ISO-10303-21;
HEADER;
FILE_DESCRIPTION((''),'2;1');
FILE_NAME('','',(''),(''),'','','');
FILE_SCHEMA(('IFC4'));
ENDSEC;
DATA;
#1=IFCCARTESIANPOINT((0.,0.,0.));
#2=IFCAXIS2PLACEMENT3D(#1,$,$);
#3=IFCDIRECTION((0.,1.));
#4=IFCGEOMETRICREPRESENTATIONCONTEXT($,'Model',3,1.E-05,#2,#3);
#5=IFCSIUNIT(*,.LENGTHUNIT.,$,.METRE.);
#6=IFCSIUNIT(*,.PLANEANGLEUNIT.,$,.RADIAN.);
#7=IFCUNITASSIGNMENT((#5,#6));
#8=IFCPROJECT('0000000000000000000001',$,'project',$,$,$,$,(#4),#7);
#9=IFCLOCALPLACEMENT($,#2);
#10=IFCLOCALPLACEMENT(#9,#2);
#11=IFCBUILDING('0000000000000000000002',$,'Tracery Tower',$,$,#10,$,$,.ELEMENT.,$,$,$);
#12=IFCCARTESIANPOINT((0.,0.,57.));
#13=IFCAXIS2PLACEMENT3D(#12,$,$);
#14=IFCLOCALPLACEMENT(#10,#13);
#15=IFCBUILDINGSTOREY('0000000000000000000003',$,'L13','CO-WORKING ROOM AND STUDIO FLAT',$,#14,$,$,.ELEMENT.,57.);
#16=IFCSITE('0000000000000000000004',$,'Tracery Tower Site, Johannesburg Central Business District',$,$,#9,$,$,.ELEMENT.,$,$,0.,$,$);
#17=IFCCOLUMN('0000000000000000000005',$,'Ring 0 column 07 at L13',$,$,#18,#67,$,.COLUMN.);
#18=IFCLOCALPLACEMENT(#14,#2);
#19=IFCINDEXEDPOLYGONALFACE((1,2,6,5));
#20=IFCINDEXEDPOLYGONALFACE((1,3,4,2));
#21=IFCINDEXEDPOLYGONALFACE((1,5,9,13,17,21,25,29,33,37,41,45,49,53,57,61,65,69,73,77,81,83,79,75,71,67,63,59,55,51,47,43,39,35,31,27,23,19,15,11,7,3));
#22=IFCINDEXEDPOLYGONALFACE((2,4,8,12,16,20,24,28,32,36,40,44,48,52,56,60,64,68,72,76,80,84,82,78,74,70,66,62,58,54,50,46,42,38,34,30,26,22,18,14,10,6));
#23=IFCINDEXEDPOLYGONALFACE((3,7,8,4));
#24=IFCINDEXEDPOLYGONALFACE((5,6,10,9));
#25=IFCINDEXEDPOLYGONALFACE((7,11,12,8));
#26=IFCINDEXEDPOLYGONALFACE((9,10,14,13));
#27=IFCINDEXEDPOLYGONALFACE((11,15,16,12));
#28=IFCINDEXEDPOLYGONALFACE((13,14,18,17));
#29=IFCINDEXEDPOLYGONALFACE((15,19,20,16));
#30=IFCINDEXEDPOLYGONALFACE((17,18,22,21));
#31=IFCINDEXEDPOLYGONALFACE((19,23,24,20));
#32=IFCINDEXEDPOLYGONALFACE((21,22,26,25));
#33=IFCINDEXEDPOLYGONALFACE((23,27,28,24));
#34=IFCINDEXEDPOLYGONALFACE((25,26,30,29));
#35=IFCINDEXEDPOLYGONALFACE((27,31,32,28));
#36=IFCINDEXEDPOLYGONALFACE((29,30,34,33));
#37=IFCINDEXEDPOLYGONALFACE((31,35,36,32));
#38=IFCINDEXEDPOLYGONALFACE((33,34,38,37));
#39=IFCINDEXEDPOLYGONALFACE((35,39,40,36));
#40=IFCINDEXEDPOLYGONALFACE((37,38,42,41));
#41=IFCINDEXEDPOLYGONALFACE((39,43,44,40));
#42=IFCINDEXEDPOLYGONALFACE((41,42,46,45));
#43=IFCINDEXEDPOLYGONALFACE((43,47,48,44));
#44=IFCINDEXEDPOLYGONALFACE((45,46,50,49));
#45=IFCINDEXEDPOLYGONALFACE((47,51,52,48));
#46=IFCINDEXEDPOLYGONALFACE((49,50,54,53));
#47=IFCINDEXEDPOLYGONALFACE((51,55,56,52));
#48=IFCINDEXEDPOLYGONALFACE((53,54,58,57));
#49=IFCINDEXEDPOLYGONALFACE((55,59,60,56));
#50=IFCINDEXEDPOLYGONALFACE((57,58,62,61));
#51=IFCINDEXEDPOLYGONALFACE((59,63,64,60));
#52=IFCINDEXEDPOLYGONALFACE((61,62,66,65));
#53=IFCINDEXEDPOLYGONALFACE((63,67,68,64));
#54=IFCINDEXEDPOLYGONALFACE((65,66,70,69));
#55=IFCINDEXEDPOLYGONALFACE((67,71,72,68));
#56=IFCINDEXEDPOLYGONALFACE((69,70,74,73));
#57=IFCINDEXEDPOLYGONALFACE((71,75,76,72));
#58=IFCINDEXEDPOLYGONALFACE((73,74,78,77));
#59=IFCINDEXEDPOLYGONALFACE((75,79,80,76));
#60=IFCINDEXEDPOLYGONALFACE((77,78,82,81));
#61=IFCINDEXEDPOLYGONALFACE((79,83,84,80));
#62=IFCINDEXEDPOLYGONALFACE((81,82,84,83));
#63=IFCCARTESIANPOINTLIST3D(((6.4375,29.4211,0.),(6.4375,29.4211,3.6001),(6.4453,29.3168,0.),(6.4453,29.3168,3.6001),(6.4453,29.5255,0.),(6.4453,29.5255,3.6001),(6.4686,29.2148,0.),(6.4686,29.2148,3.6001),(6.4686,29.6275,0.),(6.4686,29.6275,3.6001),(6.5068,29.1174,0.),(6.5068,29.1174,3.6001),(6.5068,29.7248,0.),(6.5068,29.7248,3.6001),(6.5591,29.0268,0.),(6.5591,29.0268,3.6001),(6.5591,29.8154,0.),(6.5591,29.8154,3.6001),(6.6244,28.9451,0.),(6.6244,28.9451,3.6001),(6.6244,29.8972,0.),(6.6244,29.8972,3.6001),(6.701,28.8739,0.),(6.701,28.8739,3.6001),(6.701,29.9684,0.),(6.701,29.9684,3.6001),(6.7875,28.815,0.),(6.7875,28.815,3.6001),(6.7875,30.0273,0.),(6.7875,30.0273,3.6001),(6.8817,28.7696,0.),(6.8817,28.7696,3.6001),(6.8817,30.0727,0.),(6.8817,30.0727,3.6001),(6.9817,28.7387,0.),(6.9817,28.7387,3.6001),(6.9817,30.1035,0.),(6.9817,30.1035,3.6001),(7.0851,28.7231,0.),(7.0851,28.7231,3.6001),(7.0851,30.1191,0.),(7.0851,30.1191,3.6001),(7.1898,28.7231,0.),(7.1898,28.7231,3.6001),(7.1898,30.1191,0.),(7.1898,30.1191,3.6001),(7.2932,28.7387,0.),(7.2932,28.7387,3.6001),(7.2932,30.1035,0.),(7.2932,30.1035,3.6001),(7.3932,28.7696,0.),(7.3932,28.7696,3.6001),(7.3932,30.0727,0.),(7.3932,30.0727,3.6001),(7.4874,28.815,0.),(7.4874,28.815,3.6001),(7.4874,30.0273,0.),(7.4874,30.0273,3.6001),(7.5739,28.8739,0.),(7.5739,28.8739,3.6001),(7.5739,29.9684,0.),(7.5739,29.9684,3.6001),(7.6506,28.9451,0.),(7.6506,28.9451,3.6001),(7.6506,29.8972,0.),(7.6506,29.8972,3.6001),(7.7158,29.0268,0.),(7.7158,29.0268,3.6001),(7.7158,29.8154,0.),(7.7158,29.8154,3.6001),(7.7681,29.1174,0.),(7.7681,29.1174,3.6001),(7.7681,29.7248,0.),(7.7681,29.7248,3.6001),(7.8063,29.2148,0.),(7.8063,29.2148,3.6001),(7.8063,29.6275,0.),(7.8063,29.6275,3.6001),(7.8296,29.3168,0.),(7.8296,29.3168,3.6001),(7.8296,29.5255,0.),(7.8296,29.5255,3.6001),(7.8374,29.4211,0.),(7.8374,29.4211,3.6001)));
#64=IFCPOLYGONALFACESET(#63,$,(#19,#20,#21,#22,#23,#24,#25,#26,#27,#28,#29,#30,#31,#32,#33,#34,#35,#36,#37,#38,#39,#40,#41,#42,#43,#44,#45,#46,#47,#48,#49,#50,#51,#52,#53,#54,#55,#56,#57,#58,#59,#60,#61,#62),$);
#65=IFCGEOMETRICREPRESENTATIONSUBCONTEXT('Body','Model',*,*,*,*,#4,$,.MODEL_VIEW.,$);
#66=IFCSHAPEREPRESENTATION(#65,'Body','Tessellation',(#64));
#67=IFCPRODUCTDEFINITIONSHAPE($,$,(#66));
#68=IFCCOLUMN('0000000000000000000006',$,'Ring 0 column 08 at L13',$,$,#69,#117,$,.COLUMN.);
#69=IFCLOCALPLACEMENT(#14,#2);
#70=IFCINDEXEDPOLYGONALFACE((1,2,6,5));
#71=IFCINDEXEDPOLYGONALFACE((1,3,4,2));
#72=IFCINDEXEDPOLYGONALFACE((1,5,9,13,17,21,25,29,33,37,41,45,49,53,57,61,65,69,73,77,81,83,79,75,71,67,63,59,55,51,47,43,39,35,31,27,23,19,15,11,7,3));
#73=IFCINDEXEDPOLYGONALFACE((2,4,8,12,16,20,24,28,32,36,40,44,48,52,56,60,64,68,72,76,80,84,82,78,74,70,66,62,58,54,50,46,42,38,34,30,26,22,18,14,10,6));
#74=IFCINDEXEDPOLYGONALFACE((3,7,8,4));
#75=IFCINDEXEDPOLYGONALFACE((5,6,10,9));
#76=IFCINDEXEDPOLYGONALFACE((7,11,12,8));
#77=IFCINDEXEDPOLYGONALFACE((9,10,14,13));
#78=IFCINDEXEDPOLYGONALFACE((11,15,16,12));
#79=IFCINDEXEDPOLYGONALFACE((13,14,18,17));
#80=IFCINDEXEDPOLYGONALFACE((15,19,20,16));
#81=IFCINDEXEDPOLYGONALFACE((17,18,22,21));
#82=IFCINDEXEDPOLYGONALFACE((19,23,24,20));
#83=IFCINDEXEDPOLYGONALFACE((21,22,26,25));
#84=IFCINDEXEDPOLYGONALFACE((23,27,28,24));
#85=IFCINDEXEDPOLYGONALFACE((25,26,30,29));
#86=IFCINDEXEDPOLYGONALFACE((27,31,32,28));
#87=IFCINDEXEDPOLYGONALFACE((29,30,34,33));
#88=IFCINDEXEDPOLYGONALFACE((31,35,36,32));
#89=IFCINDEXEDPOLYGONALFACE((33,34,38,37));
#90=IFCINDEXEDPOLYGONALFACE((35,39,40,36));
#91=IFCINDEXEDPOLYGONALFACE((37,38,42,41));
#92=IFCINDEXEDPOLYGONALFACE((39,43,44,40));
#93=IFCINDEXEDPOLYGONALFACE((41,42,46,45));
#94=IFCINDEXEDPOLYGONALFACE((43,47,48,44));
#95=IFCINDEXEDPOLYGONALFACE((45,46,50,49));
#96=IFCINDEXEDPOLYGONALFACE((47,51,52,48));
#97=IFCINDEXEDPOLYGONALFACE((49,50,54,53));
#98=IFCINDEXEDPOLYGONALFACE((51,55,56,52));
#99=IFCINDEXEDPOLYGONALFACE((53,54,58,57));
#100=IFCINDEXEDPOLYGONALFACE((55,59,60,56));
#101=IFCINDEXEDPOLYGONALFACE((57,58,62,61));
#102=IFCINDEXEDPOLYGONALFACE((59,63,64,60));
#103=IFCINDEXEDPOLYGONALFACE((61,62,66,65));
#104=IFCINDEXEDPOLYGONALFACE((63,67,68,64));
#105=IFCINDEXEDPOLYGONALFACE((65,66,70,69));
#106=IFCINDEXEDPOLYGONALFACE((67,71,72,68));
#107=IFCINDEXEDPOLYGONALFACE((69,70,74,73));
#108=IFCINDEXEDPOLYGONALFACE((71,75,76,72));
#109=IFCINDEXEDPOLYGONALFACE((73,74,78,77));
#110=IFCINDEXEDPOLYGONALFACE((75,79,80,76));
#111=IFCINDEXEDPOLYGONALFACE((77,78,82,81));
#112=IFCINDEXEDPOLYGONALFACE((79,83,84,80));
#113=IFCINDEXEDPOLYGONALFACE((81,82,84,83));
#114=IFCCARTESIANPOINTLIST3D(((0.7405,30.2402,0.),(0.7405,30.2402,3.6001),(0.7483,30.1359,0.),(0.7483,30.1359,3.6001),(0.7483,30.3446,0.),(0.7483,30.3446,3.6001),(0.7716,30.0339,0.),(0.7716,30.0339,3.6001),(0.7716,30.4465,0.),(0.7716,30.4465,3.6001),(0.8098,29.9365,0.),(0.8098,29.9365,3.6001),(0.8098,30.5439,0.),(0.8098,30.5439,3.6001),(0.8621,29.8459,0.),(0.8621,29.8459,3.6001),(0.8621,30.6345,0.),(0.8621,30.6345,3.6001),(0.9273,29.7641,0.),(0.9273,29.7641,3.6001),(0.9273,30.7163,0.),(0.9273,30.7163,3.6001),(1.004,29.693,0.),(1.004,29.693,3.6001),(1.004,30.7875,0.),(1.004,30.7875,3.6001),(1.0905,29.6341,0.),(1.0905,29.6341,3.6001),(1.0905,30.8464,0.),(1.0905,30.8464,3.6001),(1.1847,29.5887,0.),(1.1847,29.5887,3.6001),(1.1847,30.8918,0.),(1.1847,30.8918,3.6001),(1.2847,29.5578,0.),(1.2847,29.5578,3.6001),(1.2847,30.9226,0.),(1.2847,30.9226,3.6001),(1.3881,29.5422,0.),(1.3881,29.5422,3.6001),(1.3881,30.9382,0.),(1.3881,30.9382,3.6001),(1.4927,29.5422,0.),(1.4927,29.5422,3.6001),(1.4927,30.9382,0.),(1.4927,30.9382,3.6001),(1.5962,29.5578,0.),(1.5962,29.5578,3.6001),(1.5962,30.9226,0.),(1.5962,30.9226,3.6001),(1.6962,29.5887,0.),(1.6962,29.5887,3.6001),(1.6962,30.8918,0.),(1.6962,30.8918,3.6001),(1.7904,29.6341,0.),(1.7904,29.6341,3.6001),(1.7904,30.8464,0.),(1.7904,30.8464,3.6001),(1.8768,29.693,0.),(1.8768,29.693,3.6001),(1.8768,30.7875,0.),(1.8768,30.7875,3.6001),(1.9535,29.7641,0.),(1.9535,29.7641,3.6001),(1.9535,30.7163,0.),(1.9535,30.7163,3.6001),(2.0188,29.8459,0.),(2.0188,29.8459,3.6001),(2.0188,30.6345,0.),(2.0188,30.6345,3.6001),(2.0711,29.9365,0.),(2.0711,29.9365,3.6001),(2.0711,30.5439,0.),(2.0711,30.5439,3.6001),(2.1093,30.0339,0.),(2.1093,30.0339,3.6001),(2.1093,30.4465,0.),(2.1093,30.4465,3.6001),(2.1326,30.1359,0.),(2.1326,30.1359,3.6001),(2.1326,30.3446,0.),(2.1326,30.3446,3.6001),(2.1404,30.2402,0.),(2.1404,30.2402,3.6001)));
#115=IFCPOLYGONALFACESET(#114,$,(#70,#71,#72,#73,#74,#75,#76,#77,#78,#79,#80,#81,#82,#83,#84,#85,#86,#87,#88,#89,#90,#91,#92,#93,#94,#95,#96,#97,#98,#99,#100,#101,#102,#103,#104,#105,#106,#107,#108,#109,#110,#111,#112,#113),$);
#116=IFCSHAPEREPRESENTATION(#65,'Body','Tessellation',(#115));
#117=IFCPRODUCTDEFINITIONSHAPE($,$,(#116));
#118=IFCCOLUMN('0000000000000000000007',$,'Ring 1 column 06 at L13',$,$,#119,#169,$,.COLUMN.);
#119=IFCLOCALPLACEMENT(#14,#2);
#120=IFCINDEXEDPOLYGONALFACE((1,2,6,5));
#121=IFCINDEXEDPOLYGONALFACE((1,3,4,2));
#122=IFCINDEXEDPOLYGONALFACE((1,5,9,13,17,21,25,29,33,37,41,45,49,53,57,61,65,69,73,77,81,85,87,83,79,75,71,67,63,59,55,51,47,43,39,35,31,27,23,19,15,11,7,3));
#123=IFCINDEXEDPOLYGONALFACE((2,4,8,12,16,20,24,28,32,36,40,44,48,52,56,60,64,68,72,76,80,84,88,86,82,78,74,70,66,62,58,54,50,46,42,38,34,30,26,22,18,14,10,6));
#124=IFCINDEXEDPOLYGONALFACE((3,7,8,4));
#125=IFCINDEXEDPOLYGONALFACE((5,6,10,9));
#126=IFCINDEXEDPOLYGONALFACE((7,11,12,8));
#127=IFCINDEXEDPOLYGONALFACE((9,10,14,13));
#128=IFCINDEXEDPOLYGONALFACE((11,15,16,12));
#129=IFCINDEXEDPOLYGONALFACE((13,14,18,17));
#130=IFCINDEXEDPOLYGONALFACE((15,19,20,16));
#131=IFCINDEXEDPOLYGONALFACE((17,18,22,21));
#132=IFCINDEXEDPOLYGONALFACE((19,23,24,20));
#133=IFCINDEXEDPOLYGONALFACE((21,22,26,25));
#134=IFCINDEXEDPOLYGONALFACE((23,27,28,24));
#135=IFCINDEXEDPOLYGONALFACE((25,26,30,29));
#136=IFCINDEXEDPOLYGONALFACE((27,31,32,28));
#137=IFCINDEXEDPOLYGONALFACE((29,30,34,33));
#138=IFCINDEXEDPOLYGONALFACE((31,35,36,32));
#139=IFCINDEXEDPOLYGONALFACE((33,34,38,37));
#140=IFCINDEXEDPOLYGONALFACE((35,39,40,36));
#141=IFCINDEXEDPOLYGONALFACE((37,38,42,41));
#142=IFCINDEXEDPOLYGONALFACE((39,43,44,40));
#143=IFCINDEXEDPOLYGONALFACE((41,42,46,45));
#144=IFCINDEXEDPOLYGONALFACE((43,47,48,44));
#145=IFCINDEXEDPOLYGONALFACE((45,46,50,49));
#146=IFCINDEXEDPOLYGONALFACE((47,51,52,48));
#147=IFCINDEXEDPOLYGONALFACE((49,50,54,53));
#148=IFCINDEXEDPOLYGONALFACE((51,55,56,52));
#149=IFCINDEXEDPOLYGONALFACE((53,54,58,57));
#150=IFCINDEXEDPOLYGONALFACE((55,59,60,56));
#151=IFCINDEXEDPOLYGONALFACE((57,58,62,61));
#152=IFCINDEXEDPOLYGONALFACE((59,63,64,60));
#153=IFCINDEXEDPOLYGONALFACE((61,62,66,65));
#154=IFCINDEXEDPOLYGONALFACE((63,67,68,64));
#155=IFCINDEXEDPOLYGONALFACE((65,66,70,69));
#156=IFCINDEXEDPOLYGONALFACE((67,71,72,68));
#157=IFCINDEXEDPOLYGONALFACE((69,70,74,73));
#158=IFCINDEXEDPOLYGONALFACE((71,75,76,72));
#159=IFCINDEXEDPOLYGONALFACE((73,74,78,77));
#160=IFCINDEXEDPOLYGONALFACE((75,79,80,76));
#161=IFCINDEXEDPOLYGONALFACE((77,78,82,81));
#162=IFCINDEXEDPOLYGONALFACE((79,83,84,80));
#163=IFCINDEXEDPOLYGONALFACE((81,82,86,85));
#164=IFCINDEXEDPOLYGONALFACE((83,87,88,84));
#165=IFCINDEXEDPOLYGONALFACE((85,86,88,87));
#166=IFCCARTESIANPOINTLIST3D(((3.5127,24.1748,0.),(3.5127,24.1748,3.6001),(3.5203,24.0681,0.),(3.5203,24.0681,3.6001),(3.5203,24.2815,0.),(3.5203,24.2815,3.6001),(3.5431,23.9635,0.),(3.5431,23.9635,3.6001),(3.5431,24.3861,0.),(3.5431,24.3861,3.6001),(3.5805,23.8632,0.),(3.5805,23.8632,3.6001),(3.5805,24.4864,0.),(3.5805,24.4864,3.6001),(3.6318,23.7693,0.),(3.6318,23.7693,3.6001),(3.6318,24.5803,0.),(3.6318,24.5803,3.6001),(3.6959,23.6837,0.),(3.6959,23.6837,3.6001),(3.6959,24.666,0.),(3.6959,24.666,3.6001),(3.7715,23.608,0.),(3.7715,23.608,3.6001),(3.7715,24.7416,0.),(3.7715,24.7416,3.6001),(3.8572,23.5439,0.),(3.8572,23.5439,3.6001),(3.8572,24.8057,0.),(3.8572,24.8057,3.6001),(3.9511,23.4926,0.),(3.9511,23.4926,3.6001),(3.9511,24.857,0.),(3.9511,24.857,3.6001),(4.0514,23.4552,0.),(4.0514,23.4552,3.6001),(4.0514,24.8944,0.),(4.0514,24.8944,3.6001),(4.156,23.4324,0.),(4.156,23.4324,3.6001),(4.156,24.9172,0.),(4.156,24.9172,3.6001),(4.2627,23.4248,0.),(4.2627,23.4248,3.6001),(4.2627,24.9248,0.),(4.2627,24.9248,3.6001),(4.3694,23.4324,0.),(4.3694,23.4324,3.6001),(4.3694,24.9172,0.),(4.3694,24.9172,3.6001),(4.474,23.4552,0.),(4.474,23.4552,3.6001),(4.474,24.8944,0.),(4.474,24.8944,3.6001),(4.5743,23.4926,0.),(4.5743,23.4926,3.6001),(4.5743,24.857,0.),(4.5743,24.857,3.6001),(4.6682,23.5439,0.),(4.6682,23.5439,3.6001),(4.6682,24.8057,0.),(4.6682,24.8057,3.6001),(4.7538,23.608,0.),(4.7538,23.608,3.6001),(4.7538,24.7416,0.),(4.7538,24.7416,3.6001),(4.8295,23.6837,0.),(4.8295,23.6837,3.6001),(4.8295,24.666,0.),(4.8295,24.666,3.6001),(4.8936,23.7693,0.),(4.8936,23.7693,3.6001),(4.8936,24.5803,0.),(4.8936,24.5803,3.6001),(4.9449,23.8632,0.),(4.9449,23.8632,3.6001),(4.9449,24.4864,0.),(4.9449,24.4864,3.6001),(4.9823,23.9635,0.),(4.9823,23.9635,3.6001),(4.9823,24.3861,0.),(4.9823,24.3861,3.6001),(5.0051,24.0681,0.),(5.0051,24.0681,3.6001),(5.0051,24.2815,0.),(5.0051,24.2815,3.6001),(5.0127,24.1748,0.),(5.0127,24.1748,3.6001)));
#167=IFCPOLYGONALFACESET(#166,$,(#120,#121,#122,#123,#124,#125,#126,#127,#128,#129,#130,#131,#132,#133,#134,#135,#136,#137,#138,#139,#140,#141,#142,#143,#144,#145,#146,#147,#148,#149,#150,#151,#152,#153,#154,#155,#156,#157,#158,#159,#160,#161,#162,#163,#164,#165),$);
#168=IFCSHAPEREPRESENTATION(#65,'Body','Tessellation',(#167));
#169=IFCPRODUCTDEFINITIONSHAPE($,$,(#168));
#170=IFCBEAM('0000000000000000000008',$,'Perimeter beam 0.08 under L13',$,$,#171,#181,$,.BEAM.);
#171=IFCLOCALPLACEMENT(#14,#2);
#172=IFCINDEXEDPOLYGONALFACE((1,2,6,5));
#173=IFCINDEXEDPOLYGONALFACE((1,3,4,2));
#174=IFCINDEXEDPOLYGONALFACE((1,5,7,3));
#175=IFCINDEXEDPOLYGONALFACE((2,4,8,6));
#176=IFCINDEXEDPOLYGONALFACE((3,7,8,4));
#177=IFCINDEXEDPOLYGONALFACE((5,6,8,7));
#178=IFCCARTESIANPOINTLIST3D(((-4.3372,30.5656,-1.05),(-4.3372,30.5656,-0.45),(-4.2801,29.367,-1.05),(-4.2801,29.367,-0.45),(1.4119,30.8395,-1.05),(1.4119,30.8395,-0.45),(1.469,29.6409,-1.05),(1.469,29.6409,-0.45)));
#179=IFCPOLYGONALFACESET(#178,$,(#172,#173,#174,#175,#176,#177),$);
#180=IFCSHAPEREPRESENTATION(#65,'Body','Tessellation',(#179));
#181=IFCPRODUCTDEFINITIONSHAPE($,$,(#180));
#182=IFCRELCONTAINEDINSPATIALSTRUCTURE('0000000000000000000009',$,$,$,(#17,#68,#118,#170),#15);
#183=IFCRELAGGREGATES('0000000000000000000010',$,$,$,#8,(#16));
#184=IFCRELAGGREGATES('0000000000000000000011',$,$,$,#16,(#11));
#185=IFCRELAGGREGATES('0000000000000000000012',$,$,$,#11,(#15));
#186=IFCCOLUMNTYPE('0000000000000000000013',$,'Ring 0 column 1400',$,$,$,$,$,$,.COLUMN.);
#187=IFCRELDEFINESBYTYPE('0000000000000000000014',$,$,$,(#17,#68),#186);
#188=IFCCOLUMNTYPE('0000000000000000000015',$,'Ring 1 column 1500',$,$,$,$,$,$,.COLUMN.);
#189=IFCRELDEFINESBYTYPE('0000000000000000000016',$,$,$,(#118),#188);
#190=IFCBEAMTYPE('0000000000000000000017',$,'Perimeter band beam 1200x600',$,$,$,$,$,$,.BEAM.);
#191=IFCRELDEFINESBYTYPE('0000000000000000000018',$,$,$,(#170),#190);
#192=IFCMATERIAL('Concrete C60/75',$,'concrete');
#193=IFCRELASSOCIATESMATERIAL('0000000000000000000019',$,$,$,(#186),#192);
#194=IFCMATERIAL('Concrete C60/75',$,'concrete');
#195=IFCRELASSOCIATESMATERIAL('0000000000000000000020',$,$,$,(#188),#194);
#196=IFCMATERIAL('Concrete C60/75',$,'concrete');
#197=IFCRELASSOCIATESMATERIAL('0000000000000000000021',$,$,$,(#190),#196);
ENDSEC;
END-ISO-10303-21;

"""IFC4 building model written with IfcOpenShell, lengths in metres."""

from ifc_helpers import new_model, si_unit, direction, frame, origin, origin_2d, place, context, subcontext, project, spatial, rectangle, circle, extrude, material, material_profile, profile_set, type_object, element, save


model = new_model("IFC4")

# Units and contexts
model_context = context("Model", 3, precision=1e-05, world=origin(), true_north=direction((0.0, 1.0)))
body_context = subcontext(model_context, "Body", "Model", "MODEL_VIEW")
ifc_project = project(units=[si_unit("LENGTHUNIT", "METRE"), si_unit("PLANEANGLEUNIT", "RADIAN")], contexts=[model_context])

# Site, building, storey
site_placement = place(None, origin())
site = spatial("IfcSite", under=ifc_project, at=site_placement, Name="Tracery Tower Site, Johannesburg Central Business District", CompositionType="ELEMENT", RefElevation=0.0)
building_placement = place(site_placement, origin())
building = spatial("IfcBuilding", under=site, at=building_placement, Name="Tracery Tower", CompositionType="ELEMENT")
storey_placement = place(building_placement, frame((0.0, 0.0, 57.0)))
storey = spatial("IfcBuildingStorey", under=building, at=storey_placement, Name="L13", Description="CO-WORKING ROOM AND STUDIO FLAT", CompositionType="ELEMENT", Elevation=57.0)

# Columns
ifc_material_1 = material(Name="Concrete C60/75", Category="concrete")
ifc_material_profile_1 = material_profile(ifc_material_1, circle(Radius=0.7, at=origin_2d()), Name="RC D1400")
ifc_profile_set_1 = profile_set([ifc_material_profile_1], Name="Concrete C60/75")
column_type_1 = type_object("IfcColumnType", Name="Ring 0 column 1400", PredefinedType="COLUMN", material=ifc_profile_set_1)
for number, where, z_axis, x_axis, name in (
    (1, (7.1375, 29.4211, 0.0), (0.0, 0.0, 1.0), (1.0, 0.0, 0.0), "Ring 0 column 07 at L13"),
    (2, (1.4404, 30.2402, 0.0), (0.0, 0.0, 1.0), (1.0, 0.0, 0.0), "Ring 0 column 08 at L13"),
):
    element("IfcColumn", number, at=place(storey_placement, frame(where, z_axis=z_axis, x_axis=x_axis)), inside=storey, type_object=column_type_1, Name=name, PredefinedType="COLUMN", context=body_context, shape_type="SweptSolid", body=[
        extrude(circle(Radius=0.7, at=origin_2d()), origin(), (0.0, 0.0, 1.0), 3.6001),
    ])
ifc_material_2 = material(Name="Concrete C60/75", Category="concrete")
ifc_material_profile_2 = material_profile(ifc_material_2, circle(Radius=0.75, at=origin_2d()), Name="RC D1500")
ifc_profile_set_2 = profile_set([ifc_material_profile_2], Name="Concrete C60/75")
column_type_2 = type_object("IfcColumnType", Name="Ring 1 column 1500", PredefinedType="COLUMN", material=ifc_profile_set_2)
column_placement = place(storey_placement, frame((4.2627, 24.1748, 0.0), z_axis=(0.0, 0.0, 1.0), x_axis=(1.0, 0.0, 0.0)))
element("IfcColumn", 3, at=column_placement, inside=storey, type_object=column_type_2, Name="Ring 1 column 06 at L13", PredefinedType="COLUMN", context=body_context, shape_type="SweptSolid", body=[
    extrude(circle(Radius=0.75, at=origin_2d()), origin(), (0.0, 0.0, 1.0), 3.6001),
])

# Beam
ifc_material_3 = material(Name="Concrete C60/75", Category="concrete")
ifc_material_profile_3 = material_profile(ifc_material_3, rectangle(XDim=1.2, YDim=0.6001, at=origin_2d()), Name="RC 1200x600")
ifc_profile_set_3 = profile_set([ifc_material_profile_3], Name="Concrete C60/75")
beam_type = type_object("IfcBeamType", Name="Perimeter band beam 1200x600", PredefinedType="BEAM", material=ifc_profile_set_3)
beam_placement = place(storey_placement, frame((1.4404, 30.2402, -0.75), z_axis=(-0.998867, -0.047593, 0.0), x_axis=(0.047593, -0.998867, 0.0)))
element("IfcBeam", 4, at=beam_placement, inside=storey, type_object=beam_type, Name="Perimeter beam 0.08 under L13", PredefinedType="BEAM", context=body_context, shape_type="SweptSolid", body=[
    extrude(rectangle(XDim=1.2, YDim=0.6001, at=origin_2d()), origin(), (0.0, 0.0, 1.0), 5.7556),
])

save(model, "model.ifc")
